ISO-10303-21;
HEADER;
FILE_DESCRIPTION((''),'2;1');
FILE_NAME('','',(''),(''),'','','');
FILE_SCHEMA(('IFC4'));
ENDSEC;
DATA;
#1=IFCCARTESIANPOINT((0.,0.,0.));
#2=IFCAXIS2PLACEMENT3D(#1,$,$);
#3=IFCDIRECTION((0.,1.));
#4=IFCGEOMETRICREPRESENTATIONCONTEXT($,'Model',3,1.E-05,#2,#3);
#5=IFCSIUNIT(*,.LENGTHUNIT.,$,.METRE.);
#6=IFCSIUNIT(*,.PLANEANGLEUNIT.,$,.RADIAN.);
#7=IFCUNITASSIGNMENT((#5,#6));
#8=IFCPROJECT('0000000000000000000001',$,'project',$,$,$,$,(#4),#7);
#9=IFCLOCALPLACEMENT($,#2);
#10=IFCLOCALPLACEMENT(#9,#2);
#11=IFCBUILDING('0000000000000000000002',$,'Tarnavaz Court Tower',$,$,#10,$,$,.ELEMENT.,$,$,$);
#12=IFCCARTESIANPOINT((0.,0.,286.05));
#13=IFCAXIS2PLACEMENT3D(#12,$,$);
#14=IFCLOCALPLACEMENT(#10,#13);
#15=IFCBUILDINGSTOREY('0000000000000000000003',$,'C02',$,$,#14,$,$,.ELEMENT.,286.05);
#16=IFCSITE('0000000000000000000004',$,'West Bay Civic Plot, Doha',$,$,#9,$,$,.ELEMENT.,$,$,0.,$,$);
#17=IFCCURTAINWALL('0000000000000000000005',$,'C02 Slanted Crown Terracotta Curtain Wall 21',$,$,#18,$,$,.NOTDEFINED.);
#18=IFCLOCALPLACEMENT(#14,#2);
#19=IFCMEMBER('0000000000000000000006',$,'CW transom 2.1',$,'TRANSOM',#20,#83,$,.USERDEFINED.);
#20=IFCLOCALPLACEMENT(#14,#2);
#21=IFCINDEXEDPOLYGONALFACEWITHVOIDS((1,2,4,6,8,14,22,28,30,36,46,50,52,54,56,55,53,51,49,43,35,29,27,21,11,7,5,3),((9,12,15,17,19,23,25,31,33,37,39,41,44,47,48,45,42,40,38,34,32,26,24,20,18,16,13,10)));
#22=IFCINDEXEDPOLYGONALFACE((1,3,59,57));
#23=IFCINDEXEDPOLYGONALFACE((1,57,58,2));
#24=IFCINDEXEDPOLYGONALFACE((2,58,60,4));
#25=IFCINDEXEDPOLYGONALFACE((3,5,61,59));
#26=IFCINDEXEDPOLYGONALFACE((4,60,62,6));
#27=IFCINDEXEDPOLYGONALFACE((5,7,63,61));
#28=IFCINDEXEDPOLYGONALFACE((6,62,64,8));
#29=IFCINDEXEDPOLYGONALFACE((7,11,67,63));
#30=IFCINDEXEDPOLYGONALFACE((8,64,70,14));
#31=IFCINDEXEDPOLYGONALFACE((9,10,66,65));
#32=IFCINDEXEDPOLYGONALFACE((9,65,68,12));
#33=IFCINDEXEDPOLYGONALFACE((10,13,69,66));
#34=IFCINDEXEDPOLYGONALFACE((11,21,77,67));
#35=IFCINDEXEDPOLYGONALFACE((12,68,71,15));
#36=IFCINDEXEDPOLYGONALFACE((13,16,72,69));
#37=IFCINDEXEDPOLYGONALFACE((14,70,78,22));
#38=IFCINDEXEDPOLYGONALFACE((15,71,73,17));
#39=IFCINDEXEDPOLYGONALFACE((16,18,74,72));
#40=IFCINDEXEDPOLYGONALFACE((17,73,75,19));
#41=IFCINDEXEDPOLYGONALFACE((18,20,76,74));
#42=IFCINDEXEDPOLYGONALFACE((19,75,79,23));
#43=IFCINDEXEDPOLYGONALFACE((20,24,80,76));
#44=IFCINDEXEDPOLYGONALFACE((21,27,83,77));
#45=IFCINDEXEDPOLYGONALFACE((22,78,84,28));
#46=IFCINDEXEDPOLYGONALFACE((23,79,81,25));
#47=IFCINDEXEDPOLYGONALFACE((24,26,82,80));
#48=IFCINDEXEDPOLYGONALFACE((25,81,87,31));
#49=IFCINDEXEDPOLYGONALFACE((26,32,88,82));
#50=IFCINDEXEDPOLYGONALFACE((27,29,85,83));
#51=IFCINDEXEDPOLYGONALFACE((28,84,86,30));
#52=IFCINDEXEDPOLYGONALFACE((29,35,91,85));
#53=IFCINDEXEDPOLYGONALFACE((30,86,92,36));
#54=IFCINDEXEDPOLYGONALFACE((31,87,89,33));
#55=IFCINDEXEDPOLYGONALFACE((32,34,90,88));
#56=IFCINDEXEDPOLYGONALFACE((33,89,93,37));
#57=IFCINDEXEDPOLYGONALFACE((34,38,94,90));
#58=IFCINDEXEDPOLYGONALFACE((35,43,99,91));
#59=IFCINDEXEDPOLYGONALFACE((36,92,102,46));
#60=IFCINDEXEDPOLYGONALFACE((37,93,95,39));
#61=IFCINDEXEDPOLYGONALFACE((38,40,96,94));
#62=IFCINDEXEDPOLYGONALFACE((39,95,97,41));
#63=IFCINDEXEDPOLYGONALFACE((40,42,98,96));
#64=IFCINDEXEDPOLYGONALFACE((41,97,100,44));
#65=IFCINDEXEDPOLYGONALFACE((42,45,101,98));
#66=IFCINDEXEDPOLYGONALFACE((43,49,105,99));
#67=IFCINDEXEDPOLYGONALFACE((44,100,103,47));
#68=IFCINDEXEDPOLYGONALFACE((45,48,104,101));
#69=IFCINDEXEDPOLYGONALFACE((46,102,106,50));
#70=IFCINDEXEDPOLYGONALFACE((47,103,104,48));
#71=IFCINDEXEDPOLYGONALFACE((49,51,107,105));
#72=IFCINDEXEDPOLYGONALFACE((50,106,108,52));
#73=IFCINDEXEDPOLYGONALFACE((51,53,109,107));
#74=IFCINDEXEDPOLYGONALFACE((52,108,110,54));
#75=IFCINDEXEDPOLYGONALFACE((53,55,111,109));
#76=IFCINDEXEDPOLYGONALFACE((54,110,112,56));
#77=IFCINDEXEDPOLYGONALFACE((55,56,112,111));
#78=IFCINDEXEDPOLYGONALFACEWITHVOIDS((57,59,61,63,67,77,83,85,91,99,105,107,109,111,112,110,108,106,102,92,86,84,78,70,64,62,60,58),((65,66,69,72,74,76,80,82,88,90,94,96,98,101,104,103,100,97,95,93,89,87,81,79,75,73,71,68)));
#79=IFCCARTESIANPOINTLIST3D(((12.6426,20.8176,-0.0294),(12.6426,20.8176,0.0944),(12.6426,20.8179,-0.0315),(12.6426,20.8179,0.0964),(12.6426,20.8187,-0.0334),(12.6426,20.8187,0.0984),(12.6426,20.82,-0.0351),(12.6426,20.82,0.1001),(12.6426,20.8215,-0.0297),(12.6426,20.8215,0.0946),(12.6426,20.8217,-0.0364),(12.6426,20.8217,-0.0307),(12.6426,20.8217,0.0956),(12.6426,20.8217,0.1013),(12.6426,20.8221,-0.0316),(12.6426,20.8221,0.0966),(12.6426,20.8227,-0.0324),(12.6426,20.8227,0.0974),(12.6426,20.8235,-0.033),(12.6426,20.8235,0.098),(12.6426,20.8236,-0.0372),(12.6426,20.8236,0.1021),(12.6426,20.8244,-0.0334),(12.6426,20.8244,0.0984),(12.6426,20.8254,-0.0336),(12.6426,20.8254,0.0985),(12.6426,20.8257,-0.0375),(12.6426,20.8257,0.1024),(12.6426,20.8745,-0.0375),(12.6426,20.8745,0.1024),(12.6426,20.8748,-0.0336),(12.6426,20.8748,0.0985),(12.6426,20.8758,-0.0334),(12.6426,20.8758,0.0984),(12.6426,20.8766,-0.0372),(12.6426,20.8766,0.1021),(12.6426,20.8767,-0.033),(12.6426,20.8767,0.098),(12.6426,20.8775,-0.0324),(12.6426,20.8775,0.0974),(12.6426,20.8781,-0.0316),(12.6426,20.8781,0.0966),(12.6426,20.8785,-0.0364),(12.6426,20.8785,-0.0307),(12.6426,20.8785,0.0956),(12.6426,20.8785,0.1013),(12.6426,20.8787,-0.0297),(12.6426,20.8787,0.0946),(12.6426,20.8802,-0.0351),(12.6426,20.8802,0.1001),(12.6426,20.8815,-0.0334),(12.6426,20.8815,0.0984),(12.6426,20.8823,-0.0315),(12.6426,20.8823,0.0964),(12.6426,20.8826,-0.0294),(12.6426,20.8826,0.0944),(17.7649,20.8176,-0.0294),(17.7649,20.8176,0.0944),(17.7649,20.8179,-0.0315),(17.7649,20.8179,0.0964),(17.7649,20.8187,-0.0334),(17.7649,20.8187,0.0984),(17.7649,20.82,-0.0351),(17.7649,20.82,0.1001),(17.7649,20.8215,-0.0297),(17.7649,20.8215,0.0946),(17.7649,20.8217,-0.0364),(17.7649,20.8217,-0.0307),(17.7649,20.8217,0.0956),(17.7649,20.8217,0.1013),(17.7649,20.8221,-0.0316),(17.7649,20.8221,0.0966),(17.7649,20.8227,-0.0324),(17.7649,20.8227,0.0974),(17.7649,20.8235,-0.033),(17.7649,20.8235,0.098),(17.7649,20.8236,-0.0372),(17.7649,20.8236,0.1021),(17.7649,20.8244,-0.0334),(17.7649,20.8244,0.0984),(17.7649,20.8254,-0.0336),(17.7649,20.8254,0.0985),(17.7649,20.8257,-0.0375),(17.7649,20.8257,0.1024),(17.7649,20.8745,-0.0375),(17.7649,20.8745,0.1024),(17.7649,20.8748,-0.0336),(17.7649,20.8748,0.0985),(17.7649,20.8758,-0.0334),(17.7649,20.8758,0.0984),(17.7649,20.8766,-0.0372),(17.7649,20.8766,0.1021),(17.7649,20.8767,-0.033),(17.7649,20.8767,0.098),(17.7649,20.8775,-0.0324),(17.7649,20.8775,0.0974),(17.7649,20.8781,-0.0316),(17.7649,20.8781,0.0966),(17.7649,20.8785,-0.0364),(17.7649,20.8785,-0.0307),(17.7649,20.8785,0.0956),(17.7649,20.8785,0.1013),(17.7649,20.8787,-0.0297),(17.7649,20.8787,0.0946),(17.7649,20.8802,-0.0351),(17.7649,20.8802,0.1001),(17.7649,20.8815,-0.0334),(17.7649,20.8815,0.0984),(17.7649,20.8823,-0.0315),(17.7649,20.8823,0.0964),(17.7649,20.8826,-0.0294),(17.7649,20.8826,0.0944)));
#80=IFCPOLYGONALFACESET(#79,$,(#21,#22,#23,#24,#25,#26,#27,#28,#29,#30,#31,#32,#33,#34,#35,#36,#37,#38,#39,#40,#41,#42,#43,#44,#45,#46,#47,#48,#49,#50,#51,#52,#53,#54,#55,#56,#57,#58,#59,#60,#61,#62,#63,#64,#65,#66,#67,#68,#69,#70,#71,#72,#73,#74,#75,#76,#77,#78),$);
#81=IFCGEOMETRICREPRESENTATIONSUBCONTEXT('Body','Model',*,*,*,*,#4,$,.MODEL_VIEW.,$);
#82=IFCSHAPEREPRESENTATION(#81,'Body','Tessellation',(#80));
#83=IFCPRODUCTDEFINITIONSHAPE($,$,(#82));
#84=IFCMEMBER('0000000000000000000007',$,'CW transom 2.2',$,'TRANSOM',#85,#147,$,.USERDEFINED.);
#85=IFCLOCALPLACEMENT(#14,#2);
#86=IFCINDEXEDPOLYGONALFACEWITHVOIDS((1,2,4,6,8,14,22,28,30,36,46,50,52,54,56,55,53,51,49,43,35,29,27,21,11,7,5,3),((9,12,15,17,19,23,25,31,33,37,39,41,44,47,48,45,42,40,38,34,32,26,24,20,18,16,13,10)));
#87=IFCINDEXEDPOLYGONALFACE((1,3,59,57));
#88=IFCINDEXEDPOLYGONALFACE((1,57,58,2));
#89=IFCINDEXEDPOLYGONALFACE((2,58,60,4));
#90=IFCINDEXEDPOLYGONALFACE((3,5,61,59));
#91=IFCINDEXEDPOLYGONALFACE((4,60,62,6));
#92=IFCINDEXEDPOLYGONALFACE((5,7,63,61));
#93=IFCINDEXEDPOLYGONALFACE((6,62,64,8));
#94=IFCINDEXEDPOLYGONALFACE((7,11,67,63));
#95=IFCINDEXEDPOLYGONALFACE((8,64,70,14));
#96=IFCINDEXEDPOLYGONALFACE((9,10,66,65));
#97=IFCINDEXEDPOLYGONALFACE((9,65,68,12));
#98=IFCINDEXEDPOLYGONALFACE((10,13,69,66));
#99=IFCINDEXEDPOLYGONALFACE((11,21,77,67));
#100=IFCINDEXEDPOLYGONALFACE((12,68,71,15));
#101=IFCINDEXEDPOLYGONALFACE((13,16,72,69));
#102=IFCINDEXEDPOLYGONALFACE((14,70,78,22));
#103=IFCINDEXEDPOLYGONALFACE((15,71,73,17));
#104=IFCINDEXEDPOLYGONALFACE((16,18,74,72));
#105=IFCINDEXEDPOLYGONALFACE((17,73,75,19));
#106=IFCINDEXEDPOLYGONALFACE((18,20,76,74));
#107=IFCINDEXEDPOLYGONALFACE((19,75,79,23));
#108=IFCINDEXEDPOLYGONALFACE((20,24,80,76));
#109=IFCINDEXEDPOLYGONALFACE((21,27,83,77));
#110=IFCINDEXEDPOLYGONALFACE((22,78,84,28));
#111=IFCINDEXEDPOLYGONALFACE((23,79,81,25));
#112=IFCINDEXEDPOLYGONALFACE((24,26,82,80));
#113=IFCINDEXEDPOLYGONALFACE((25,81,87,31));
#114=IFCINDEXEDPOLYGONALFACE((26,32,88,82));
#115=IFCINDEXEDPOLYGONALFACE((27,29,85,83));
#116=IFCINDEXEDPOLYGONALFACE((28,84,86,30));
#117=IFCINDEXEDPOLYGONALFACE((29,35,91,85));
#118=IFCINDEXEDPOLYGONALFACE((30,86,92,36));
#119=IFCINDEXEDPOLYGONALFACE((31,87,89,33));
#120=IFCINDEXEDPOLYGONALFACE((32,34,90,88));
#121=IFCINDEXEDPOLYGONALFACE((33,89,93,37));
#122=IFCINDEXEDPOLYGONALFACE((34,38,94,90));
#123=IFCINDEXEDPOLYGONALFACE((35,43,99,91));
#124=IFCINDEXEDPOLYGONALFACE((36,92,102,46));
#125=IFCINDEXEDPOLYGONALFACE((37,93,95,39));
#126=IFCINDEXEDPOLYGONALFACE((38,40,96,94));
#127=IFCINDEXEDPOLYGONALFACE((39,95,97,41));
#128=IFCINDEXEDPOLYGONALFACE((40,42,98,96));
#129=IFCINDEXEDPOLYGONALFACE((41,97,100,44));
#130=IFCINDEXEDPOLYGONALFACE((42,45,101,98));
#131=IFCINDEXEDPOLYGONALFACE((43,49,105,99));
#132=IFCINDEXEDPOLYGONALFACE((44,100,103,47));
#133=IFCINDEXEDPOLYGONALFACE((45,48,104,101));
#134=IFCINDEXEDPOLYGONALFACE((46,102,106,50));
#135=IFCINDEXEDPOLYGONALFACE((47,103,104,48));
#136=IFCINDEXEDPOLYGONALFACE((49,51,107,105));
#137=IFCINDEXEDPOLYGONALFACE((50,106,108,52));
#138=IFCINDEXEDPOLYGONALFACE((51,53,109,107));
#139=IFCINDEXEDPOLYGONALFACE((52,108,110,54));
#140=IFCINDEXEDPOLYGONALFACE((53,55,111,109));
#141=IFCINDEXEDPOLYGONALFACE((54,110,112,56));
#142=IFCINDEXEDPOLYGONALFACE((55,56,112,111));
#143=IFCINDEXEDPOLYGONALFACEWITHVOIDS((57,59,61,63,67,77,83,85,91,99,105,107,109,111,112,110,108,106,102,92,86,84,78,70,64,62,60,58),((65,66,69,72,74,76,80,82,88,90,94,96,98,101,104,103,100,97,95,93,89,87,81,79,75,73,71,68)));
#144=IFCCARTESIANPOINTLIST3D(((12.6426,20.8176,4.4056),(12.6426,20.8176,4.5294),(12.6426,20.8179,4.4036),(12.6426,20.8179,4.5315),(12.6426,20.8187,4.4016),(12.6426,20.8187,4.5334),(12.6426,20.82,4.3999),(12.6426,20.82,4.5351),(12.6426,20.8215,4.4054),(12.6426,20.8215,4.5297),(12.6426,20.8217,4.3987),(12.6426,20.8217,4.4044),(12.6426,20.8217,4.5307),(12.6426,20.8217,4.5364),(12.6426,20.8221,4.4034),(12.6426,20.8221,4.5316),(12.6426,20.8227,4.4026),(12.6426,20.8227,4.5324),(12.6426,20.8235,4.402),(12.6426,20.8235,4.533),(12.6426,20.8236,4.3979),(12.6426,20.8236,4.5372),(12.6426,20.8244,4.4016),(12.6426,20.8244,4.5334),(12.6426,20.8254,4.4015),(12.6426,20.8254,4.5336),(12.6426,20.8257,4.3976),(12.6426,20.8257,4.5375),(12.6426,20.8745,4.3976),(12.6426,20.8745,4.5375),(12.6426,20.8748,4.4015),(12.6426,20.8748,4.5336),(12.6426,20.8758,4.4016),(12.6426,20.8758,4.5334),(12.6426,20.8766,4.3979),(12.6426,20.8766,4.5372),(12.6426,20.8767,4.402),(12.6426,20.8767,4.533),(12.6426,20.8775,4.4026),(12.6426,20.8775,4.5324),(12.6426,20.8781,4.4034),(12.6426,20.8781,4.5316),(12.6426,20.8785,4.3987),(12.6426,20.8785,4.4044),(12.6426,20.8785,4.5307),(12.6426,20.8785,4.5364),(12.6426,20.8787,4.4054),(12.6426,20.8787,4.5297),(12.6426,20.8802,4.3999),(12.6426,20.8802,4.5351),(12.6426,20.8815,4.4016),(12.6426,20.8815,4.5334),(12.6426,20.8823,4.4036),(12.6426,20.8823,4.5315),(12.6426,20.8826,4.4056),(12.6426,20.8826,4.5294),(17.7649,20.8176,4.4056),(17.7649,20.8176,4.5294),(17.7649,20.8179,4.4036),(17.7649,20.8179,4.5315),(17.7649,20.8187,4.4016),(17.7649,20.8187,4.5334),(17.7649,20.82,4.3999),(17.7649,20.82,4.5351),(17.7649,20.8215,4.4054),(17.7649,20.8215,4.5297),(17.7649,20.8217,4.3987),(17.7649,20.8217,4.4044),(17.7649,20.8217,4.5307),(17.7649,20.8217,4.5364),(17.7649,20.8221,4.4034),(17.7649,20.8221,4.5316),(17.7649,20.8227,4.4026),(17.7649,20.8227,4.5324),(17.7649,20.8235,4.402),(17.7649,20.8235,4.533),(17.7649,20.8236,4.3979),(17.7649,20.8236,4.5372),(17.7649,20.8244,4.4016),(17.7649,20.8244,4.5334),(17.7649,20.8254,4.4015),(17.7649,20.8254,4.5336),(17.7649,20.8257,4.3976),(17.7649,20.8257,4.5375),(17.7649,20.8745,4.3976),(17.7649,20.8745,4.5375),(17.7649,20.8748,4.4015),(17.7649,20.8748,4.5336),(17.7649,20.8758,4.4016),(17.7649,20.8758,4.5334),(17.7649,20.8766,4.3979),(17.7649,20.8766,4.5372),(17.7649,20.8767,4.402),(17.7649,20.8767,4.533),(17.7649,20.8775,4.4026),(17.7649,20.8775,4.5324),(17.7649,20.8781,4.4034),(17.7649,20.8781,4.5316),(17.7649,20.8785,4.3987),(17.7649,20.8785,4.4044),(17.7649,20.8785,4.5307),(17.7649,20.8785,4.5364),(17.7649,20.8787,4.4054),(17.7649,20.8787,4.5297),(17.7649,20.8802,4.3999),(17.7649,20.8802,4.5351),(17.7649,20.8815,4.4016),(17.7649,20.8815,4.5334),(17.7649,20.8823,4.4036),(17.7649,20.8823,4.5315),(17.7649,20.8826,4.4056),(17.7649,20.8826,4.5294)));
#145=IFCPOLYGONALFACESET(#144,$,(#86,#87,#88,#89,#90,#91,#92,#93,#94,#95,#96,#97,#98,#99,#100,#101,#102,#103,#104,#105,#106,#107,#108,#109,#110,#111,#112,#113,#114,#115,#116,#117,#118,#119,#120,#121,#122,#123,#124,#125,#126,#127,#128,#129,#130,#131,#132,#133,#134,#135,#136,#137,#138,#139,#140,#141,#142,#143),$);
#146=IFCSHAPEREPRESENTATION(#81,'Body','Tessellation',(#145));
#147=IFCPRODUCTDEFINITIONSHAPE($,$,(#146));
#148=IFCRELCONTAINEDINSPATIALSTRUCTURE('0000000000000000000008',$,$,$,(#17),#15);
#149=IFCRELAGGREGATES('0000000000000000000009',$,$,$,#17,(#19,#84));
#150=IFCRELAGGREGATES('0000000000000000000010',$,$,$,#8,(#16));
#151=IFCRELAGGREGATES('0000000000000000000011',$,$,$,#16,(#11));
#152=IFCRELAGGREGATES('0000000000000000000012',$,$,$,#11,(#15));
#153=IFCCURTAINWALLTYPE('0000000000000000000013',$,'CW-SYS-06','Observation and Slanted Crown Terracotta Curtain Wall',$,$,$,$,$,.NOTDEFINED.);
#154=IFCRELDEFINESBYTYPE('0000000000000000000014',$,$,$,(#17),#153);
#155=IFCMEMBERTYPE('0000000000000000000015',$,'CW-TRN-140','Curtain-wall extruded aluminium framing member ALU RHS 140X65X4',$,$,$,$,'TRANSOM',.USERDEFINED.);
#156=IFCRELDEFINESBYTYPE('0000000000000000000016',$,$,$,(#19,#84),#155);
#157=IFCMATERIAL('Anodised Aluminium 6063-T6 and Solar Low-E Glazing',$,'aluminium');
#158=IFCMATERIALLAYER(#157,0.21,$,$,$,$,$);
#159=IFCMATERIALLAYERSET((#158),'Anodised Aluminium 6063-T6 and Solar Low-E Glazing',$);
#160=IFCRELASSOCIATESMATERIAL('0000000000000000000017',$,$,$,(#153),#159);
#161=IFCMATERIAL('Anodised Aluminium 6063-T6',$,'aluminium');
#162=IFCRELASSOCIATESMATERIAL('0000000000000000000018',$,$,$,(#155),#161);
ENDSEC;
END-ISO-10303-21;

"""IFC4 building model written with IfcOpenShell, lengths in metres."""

from ifc_helpers import new_model, si_unit, direction, frame, origin, origin_2d, place, context, subcontext, project, spatial, hollow_rectangle, extrude, material, layer, layer_set, material_profile, profile_set, type_object, element, aggregate, save


model = new_model("IFC4")

# Units and contexts
model_context = context("Model", 3, precision=1e-05, world=origin(), true_north=direction((0.0, 1.0)))
body_context = subcontext(model_context, "Body", "Model", "MODEL_VIEW")
ifc_project = project(units=[si_unit("LENGTHUNIT", "METRE"), si_unit("PLANEANGLEUNIT", "RADIAN")], contexts=[model_context])

# Site, building, storey
site_placement = place(None, origin())
site = spatial("IfcSite", under=ifc_project, at=site_placement, Name="West Bay Civic Plot, Doha", CompositionType="ELEMENT", RefElevation=0.0)
building_placement = place(site_placement, origin())
building = spatial("IfcBuilding", under=site, at=building_placement, Name="Tarnavaz Court Tower", CompositionType="ELEMENT")
storey_placement = place(building_placement, frame((0.0, 0.0, 286.05)))
storey = spatial("IfcBuildingStorey", under=building, at=storey_placement, Name="C02", CompositionType="ELEMENT", Elevation=286.05)

# Shared definitions
ifc_material_1 = material(Name="Anodised Aluminium 6063-T6 and Solar Low-E Glazing", Category="aluminium")
ifc_layer_1 = layer(ifc_material_1, 0.21)
ifc_layer_set_1 = layer_set([ifc_layer_1], Name="Anodised Aluminium 6063-T6 and Solar Low-E Glazing")
curtain_wall_type = type_object("IfcCurtainWallType", Name="CW-SYS-06", Description="Observation and Slanted Crown Terracotta Curtain Wall", PredefinedType="NOTDEFINED", material=ifc_layer_set_1)
ifc_material_2 = material(Name="Anodised Aluminium 6063-T6", Category="aluminium")

# Curtain wall
curtain_wall_1_placement = place(storey_placement, origin())
curtain_wall_1 = element("IfcCurtainWall", 1, at=curtain_wall_1_placement, inside=storey, type_object=curtain_wall_type, Name="C02 Slanted Crown Terracotta Curtain Wall 21", PredefinedType="NOTDEFINED")

# Members
ifc_material_profile_1 = material_profile(ifc_material_2, hollow_rectangle(XDim=0.0649, YDim=0.1399, WallThickness=0.0039, InnerFilletRadius=0.0039, OuterFilletRadius=0.0081, at=origin_2d()), Name="ALU RHS 140X65X4")
ifc_profile_set_1 = profile_set([ifc_material_profile_1], Name="Anodised Aluminium 6063-T6")
member_type_1 = type_object("IfcMemberType", Name="CW-TRN-140", Description="Curtain-wall extruded aluminium framing member ALU RHS 140X65X4", ElementType="TRANSOM", PredefinedType="USERDEFINED", material=ifc_profile_set_1)
member_1_placement = place(storey_placement, frame((12.6426, 20.8501, 0.0325), z_axis=(1.0, 0.0, 0.0), x_axis=(0.0, 1.0, 0.0)))
member_1 = element("IfcMember", 2, at=member_1_placement, type_object=member_type_1, Name="CW transom 2.1", ObjectType="TRANSOM", PredefinedType="USERDEFINED", context=body_context, shape_type="SweptSolid", body=[
    extrude(hollow_rectangle(XDim=0.0649, YDim=0.1399, WallThickness=0.0039, InnerFilletRadius=0.0039, OuterFilletRadius=0.0081, at=origin_2d()), origin(), (0.0, 0.0, 1.0), 5.1223),
])
member_2_placement = place(storey_placement, frame((12.6426, 20.8501, 4.4675), z_axis=(1.0, 0.0, 0.0), x_axis=(0.0, 1.0, 0.0)))
member_2 = element("IfcMember", 3, at=member_2_placement, type_object=member_type_1, Name="CW transom 2.2", ObjectType="TRANSOM", PredefinedType="USERDEFINED", context=body_context, shape_type="SweptSolid", body=[
    extrude(hollow_rectangle(XDim=0.0649, YDim=0.1399, WallThickness=0.0039, InnerFilletRadius=0.0039, OuterFilletRadius=0.0081, at=origin_2d()), origin(), (0.0, 0.0, 1.0), 5.1223),
])

aggregate(curtain_wall_1, [member_1, member_2])

save(model, "model.ifc")
